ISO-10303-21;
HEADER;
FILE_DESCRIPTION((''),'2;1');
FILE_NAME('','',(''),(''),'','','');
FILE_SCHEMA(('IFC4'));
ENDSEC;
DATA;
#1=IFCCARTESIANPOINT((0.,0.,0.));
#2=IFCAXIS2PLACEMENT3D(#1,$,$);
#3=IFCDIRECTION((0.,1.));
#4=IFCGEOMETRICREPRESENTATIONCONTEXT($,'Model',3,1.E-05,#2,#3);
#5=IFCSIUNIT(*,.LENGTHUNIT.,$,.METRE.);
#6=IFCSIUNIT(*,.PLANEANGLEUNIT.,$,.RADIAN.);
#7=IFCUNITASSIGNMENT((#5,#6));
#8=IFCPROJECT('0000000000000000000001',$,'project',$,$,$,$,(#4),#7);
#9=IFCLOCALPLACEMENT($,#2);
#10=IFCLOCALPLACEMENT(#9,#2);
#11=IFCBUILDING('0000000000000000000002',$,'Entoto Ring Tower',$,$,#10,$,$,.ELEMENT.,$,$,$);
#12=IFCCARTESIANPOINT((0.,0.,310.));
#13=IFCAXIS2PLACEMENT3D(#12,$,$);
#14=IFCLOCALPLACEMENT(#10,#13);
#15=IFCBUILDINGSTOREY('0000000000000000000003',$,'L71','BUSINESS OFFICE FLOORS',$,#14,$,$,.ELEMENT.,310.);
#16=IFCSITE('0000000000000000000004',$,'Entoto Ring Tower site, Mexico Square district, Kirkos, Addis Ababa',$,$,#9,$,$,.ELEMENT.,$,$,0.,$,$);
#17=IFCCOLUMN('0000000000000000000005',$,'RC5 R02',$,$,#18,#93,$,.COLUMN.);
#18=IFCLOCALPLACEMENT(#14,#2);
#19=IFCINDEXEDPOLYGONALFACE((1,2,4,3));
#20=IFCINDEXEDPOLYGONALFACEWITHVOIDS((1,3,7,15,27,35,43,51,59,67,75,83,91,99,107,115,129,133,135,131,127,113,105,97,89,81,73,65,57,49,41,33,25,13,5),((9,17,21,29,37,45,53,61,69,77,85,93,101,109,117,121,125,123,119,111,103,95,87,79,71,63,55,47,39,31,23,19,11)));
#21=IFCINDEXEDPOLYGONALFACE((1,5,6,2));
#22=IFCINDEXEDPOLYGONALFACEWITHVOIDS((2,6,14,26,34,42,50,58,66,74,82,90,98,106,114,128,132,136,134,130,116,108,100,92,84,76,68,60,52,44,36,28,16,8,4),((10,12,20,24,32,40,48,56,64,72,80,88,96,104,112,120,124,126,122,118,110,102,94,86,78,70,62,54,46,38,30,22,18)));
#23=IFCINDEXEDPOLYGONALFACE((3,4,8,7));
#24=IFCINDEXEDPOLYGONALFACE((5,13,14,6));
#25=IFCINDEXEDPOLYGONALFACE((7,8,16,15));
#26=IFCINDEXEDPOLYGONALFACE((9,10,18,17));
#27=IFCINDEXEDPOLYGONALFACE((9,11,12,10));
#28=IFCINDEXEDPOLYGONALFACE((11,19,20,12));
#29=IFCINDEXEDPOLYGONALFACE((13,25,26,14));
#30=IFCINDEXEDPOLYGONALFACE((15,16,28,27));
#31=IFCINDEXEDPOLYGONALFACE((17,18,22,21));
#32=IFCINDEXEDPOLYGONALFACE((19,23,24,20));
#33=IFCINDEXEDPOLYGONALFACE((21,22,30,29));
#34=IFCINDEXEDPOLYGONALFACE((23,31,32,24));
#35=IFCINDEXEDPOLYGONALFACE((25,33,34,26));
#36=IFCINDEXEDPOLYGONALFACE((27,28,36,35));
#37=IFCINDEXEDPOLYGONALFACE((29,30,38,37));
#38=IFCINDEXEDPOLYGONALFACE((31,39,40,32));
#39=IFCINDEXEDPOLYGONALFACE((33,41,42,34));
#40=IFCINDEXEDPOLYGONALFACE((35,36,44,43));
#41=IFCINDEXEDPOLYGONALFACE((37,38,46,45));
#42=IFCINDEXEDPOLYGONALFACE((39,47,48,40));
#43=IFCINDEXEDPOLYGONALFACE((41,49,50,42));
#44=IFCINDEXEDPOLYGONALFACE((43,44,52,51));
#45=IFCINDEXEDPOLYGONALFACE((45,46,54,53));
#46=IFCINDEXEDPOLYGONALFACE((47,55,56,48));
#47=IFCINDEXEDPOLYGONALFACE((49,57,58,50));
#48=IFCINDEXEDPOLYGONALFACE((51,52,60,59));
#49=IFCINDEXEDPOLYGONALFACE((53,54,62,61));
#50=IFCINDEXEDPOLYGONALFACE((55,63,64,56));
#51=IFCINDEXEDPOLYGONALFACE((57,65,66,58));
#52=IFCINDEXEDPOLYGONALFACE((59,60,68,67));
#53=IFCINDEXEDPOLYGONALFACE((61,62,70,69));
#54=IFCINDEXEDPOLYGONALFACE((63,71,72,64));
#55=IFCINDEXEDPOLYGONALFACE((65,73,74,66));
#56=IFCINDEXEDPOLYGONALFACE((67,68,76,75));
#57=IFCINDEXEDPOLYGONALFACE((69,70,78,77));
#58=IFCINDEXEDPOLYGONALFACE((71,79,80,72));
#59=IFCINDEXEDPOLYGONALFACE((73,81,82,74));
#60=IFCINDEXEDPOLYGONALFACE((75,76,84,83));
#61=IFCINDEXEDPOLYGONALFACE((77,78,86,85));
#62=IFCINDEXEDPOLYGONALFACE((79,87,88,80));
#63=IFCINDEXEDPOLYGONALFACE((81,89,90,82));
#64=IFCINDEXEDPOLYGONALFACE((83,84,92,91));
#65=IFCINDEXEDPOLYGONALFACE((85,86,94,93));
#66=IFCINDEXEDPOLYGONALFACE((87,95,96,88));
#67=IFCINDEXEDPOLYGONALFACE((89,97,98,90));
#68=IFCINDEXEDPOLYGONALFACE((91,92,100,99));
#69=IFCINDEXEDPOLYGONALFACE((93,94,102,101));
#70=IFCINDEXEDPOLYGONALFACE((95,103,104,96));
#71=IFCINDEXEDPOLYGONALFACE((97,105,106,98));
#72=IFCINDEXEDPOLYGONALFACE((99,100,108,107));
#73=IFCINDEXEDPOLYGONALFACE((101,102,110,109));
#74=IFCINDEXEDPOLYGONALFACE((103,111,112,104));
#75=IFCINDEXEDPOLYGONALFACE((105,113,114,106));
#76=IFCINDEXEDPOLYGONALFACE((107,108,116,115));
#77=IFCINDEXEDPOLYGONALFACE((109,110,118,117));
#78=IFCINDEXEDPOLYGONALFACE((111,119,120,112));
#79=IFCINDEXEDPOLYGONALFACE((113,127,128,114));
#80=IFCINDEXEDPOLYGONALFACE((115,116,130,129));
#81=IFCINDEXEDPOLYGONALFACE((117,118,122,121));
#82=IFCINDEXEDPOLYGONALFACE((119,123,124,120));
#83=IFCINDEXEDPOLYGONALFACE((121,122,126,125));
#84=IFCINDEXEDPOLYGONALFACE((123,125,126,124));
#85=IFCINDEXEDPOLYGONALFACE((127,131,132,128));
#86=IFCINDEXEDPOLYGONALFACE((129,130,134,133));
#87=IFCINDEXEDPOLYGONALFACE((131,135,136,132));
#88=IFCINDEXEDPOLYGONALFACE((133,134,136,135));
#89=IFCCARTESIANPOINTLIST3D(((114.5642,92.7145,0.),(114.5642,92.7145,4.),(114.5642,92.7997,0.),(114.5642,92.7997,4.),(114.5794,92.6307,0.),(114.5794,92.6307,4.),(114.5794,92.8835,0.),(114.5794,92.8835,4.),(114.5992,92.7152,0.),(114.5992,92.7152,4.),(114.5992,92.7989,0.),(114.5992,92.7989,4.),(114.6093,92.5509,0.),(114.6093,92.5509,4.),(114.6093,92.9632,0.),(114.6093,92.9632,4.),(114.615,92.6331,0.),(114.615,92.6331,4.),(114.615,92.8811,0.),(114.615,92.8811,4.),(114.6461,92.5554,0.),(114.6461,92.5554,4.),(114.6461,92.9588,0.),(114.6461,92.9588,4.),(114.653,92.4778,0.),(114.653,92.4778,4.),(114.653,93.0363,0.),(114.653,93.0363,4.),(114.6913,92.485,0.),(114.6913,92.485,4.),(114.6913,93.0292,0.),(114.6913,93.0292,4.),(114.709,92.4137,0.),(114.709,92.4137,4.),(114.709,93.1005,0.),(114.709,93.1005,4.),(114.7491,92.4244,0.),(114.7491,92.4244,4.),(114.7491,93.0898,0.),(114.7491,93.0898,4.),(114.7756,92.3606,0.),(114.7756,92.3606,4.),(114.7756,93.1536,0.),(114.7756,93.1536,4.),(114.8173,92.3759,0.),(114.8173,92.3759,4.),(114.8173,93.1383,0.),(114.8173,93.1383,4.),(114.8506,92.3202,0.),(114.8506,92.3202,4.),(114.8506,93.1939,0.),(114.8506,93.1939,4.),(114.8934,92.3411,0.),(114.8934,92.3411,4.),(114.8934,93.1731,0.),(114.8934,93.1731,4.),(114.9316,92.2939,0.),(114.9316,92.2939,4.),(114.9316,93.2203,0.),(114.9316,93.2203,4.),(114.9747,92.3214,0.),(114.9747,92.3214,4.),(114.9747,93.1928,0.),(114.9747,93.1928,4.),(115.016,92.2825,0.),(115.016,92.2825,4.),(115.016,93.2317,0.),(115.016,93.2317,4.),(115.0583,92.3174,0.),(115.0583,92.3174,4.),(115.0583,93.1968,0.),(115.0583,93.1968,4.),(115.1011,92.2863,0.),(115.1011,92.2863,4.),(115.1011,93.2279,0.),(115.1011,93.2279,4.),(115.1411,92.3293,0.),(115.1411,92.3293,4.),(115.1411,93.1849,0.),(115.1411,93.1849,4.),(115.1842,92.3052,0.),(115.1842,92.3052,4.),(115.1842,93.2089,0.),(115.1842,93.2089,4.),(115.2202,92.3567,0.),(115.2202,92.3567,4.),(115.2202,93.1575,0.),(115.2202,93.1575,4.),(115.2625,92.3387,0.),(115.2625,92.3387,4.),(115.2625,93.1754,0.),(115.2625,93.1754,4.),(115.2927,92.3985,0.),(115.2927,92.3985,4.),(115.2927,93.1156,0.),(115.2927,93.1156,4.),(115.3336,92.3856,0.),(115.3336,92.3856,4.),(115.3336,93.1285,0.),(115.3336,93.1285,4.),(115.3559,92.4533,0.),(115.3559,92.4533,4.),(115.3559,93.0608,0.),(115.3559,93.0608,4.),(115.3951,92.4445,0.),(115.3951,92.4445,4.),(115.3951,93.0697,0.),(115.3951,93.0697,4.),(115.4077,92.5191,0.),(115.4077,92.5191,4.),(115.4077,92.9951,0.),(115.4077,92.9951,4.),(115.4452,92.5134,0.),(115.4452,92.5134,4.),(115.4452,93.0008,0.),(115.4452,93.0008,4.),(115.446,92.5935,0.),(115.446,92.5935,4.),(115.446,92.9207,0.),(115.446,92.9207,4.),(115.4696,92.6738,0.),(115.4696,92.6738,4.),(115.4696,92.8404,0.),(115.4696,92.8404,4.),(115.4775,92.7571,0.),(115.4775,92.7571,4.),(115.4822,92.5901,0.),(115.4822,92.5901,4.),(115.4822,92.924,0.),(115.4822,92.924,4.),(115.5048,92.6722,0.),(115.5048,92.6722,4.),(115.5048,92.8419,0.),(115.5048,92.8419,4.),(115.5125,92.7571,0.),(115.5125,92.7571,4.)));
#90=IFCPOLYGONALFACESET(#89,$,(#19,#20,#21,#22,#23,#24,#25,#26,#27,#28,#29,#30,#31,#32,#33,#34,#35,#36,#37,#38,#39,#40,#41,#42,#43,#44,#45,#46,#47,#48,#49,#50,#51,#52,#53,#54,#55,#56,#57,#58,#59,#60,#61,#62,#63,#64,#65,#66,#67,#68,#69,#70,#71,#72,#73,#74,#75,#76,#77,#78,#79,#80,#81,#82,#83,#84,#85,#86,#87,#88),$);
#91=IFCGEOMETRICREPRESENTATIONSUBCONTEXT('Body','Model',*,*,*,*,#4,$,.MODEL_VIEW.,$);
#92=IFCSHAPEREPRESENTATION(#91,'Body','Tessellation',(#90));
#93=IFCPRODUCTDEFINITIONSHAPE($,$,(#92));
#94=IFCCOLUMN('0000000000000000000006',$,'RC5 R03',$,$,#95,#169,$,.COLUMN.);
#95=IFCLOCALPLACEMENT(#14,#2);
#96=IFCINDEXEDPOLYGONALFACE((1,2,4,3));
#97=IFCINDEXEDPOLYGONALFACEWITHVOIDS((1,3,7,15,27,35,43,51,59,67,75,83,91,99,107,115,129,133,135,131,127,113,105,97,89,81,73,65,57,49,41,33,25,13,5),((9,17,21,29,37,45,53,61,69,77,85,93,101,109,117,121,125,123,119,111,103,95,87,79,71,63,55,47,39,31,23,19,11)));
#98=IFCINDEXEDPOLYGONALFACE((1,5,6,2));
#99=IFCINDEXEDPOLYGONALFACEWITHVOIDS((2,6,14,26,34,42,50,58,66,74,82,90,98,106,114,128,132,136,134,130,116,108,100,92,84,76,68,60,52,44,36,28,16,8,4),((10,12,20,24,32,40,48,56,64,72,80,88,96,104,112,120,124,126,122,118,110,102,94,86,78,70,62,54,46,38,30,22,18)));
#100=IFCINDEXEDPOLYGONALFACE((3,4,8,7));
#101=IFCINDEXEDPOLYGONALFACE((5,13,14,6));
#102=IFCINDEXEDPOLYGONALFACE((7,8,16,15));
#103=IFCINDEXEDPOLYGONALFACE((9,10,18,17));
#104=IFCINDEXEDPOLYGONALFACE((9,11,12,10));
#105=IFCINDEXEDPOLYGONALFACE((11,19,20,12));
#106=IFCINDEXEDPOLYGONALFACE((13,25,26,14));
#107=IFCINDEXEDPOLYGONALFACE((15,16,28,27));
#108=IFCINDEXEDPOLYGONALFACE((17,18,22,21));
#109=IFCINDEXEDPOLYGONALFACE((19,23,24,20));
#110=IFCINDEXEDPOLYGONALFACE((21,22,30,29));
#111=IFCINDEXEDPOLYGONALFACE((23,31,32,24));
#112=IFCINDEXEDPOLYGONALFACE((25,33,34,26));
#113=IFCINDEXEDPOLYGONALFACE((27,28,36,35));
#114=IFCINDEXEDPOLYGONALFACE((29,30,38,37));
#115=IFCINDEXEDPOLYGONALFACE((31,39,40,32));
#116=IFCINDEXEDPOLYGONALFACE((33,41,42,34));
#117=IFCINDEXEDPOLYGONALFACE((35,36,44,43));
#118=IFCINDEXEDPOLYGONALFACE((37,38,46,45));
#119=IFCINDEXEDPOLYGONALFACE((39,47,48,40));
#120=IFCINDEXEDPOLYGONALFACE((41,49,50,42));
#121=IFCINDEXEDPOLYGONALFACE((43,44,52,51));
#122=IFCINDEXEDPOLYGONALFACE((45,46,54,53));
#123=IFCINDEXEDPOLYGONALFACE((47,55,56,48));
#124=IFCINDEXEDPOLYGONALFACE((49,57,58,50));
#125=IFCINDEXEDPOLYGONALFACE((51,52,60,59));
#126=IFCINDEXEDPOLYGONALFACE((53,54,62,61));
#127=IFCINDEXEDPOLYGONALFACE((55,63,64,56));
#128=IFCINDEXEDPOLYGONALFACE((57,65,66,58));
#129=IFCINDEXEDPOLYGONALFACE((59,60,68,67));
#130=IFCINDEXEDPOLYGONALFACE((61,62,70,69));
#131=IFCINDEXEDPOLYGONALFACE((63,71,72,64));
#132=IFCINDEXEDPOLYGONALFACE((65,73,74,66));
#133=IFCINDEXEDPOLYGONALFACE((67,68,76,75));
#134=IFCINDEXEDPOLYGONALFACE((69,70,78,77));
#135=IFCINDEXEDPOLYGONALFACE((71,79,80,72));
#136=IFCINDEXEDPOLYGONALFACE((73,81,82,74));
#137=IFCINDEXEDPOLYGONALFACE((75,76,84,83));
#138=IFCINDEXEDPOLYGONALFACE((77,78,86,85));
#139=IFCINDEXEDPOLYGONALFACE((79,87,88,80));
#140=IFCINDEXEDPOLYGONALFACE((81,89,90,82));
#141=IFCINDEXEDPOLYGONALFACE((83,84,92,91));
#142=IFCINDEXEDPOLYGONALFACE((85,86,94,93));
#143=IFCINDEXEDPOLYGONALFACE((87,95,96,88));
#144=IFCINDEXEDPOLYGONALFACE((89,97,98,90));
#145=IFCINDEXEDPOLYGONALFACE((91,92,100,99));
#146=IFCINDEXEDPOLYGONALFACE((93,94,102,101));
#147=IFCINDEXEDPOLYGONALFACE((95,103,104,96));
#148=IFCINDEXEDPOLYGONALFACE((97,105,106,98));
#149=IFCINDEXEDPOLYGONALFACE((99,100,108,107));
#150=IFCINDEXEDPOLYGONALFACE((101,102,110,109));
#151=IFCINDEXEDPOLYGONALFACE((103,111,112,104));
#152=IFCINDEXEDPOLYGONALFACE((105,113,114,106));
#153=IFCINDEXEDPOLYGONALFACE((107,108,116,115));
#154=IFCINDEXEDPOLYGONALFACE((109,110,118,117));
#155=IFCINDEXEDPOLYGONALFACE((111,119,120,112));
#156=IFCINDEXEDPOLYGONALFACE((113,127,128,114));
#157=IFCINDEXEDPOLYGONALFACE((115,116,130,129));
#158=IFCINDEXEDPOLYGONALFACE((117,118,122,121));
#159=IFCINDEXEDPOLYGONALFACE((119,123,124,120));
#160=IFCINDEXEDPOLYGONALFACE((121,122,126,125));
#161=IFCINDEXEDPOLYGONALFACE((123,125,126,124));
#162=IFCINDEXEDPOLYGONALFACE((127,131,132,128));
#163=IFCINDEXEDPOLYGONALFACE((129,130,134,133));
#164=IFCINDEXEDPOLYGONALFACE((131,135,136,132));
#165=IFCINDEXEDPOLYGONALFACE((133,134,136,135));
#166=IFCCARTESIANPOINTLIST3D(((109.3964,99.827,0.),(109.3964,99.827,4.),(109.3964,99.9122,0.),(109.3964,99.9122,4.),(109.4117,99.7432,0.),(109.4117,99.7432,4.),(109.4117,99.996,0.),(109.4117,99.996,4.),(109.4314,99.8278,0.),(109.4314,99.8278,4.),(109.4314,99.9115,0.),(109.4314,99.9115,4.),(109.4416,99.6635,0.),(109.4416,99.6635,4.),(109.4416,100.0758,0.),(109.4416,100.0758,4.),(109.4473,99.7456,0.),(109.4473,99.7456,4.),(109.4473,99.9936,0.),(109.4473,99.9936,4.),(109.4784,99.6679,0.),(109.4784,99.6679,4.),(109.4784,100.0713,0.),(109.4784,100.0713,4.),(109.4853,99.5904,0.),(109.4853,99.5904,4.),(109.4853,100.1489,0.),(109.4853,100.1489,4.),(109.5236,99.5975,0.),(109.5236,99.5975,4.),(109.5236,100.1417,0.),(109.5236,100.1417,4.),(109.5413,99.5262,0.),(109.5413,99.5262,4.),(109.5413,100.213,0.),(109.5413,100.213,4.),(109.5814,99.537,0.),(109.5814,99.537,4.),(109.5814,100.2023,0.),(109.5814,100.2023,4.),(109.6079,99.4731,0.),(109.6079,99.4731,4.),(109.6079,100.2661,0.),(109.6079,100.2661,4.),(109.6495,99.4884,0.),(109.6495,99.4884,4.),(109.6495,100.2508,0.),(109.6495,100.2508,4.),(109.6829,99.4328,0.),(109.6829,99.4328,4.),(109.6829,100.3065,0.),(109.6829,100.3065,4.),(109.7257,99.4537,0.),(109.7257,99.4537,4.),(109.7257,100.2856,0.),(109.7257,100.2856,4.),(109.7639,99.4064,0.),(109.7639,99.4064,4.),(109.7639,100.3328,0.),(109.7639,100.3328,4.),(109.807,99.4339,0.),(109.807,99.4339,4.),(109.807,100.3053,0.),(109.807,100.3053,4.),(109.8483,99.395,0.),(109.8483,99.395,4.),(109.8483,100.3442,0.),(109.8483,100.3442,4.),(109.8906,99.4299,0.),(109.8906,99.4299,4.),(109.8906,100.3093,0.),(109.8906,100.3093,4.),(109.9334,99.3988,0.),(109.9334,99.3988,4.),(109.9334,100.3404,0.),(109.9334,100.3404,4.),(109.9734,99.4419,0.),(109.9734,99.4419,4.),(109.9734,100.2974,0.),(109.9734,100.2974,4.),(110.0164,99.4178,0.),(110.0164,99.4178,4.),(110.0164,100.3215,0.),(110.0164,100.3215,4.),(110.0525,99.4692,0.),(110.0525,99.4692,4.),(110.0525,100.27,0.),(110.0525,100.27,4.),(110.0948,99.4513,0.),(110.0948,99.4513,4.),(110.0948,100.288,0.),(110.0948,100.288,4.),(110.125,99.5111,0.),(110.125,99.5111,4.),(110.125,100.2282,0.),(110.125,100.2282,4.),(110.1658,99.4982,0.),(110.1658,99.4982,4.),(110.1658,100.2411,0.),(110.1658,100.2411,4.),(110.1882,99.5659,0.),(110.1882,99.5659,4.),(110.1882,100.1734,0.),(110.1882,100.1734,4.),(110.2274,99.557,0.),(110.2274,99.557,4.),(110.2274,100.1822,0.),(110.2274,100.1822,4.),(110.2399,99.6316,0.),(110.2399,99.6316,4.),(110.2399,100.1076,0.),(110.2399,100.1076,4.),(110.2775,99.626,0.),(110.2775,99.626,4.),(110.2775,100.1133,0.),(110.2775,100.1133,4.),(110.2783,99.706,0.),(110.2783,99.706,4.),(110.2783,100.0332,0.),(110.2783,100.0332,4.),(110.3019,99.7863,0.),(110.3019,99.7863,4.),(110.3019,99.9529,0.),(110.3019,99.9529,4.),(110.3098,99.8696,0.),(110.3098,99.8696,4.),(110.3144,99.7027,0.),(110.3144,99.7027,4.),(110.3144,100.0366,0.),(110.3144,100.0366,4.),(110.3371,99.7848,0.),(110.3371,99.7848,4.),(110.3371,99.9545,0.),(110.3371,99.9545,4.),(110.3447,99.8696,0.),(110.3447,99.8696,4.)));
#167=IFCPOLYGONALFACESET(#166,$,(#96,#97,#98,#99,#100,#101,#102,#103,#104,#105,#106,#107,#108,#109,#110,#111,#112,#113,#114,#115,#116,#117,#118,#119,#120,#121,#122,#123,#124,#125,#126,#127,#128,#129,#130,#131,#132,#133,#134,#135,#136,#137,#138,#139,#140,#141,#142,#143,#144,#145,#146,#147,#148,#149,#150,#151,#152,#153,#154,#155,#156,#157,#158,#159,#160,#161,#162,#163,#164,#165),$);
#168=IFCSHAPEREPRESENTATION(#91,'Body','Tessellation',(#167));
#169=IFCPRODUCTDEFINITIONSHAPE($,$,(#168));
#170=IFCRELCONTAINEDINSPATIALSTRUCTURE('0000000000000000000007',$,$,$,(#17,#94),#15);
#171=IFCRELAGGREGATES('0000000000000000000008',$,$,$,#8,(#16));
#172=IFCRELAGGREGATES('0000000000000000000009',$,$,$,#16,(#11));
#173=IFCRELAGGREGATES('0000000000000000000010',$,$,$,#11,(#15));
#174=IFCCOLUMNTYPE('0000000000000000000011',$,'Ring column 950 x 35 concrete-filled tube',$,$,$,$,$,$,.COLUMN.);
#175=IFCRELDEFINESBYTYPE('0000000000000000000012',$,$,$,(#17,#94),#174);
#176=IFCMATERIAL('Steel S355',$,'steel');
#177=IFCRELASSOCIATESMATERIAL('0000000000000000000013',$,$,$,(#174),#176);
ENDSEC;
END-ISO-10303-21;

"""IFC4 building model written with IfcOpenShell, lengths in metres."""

from ifc_helpers import new_model, si_unit, direction, frame, origin, origin_2d, place, context, subcontext, project, spatial, circle, hollow_circle, extrude, material, material_profile, profile_set, type_object, element, save


model = new_model("IFC4")

# Units and contexts
model_context = context("Model", 3, precision=1e-05, world=origin(), true_north=direction((0.0, 1.0)))
body_context = subcontext(model_context, "Body", "Model", "MODEL_VIEW")
ifc_project = project(units=[si_unit("LENGTHUNIT", "METRE"), si_unit("PLANEANGLEUNIT", "RADIAN")], contexts=[model_context])

# Site, building, storey
site_placement = place(None, origin())
site = spatial("IfcSite", under=ifc_project, at=site_placement, Name="Entoto Ring Tower site, Mexico Square district, Kirkos, Addis Ababa", CompositionType="ELEMENT", RefElevation=0.0)
building_placement = place(site_placement, origin())
building = spatial("IfcBuilding", under=site, at=building_placement, Name="Entoto Ring Tower", CompositionType="ELEMENT")
storey_placement = place(building_placement, frame((0.0, 0.0, 310.0)))
storey = spatial("IfcBuildingStorey", under=building, at=storey_placement, Name="L71", Description="BUSINESS OFFICE FLOORS", CompositionType="ELEMENT", Elevation=310.0)

# Columns
ifc_material_1 = material(Name="Steel S355", Category="steel")
ifc_material_profile_1 = material_profile(ifc_material_1, hollow_circle(Radius=0.4751, WallThickness=0.0349, at=origin_2d()), Name="CHS 950 x 35")
ifc_material_2 = material(Name="Concrete C60/75", Category="concrete")
ifc_material_profile_2 = material_profile(ifc_material_2, circle(Radius=0.4399, at=origin_2d()), Name="Concrete C60/75 infill")
ifc_profile_set_1 = profile_set([ifc_material_profile_1, ifc_material_profile_2], Name="Steel S355")
column_type = type_object("IfcColumnType", Name="Ring column 950 x 35 concrete-filled tube", PredefinedType="COLUMN", material=ifc_profile_set_1)
for number, where, z_axis, x_axis, name in (
    (1, (115.0374, 92.7571, 0.0), (0.0, 0.0, 1.0), (1.0, 0.0, 0.0), "RC5 R02"),
    (2, (109.8696, 99.8696, 0.0), (0.0, 0.0, 1.0), (1.0, 0.0, 0.0), "RC5 R03"),
):
    element("IfcColumn", number, at=place(storey_placement, frame(where, z_axis=z_axis, x_axis=x_axis)), inside=storey, type_object=column_type, Name=name, PredefinedType="COLUMN", context=body_context, shape_type="SweptSolid", body=[
        extrude(hollow_circle(Radius=0.4751, WallThickness=0.0349, at=origin_2d()), origin(), (0.0, 0.0, 1.0), 4.0),
    ])

save(model, "model.ifc")
